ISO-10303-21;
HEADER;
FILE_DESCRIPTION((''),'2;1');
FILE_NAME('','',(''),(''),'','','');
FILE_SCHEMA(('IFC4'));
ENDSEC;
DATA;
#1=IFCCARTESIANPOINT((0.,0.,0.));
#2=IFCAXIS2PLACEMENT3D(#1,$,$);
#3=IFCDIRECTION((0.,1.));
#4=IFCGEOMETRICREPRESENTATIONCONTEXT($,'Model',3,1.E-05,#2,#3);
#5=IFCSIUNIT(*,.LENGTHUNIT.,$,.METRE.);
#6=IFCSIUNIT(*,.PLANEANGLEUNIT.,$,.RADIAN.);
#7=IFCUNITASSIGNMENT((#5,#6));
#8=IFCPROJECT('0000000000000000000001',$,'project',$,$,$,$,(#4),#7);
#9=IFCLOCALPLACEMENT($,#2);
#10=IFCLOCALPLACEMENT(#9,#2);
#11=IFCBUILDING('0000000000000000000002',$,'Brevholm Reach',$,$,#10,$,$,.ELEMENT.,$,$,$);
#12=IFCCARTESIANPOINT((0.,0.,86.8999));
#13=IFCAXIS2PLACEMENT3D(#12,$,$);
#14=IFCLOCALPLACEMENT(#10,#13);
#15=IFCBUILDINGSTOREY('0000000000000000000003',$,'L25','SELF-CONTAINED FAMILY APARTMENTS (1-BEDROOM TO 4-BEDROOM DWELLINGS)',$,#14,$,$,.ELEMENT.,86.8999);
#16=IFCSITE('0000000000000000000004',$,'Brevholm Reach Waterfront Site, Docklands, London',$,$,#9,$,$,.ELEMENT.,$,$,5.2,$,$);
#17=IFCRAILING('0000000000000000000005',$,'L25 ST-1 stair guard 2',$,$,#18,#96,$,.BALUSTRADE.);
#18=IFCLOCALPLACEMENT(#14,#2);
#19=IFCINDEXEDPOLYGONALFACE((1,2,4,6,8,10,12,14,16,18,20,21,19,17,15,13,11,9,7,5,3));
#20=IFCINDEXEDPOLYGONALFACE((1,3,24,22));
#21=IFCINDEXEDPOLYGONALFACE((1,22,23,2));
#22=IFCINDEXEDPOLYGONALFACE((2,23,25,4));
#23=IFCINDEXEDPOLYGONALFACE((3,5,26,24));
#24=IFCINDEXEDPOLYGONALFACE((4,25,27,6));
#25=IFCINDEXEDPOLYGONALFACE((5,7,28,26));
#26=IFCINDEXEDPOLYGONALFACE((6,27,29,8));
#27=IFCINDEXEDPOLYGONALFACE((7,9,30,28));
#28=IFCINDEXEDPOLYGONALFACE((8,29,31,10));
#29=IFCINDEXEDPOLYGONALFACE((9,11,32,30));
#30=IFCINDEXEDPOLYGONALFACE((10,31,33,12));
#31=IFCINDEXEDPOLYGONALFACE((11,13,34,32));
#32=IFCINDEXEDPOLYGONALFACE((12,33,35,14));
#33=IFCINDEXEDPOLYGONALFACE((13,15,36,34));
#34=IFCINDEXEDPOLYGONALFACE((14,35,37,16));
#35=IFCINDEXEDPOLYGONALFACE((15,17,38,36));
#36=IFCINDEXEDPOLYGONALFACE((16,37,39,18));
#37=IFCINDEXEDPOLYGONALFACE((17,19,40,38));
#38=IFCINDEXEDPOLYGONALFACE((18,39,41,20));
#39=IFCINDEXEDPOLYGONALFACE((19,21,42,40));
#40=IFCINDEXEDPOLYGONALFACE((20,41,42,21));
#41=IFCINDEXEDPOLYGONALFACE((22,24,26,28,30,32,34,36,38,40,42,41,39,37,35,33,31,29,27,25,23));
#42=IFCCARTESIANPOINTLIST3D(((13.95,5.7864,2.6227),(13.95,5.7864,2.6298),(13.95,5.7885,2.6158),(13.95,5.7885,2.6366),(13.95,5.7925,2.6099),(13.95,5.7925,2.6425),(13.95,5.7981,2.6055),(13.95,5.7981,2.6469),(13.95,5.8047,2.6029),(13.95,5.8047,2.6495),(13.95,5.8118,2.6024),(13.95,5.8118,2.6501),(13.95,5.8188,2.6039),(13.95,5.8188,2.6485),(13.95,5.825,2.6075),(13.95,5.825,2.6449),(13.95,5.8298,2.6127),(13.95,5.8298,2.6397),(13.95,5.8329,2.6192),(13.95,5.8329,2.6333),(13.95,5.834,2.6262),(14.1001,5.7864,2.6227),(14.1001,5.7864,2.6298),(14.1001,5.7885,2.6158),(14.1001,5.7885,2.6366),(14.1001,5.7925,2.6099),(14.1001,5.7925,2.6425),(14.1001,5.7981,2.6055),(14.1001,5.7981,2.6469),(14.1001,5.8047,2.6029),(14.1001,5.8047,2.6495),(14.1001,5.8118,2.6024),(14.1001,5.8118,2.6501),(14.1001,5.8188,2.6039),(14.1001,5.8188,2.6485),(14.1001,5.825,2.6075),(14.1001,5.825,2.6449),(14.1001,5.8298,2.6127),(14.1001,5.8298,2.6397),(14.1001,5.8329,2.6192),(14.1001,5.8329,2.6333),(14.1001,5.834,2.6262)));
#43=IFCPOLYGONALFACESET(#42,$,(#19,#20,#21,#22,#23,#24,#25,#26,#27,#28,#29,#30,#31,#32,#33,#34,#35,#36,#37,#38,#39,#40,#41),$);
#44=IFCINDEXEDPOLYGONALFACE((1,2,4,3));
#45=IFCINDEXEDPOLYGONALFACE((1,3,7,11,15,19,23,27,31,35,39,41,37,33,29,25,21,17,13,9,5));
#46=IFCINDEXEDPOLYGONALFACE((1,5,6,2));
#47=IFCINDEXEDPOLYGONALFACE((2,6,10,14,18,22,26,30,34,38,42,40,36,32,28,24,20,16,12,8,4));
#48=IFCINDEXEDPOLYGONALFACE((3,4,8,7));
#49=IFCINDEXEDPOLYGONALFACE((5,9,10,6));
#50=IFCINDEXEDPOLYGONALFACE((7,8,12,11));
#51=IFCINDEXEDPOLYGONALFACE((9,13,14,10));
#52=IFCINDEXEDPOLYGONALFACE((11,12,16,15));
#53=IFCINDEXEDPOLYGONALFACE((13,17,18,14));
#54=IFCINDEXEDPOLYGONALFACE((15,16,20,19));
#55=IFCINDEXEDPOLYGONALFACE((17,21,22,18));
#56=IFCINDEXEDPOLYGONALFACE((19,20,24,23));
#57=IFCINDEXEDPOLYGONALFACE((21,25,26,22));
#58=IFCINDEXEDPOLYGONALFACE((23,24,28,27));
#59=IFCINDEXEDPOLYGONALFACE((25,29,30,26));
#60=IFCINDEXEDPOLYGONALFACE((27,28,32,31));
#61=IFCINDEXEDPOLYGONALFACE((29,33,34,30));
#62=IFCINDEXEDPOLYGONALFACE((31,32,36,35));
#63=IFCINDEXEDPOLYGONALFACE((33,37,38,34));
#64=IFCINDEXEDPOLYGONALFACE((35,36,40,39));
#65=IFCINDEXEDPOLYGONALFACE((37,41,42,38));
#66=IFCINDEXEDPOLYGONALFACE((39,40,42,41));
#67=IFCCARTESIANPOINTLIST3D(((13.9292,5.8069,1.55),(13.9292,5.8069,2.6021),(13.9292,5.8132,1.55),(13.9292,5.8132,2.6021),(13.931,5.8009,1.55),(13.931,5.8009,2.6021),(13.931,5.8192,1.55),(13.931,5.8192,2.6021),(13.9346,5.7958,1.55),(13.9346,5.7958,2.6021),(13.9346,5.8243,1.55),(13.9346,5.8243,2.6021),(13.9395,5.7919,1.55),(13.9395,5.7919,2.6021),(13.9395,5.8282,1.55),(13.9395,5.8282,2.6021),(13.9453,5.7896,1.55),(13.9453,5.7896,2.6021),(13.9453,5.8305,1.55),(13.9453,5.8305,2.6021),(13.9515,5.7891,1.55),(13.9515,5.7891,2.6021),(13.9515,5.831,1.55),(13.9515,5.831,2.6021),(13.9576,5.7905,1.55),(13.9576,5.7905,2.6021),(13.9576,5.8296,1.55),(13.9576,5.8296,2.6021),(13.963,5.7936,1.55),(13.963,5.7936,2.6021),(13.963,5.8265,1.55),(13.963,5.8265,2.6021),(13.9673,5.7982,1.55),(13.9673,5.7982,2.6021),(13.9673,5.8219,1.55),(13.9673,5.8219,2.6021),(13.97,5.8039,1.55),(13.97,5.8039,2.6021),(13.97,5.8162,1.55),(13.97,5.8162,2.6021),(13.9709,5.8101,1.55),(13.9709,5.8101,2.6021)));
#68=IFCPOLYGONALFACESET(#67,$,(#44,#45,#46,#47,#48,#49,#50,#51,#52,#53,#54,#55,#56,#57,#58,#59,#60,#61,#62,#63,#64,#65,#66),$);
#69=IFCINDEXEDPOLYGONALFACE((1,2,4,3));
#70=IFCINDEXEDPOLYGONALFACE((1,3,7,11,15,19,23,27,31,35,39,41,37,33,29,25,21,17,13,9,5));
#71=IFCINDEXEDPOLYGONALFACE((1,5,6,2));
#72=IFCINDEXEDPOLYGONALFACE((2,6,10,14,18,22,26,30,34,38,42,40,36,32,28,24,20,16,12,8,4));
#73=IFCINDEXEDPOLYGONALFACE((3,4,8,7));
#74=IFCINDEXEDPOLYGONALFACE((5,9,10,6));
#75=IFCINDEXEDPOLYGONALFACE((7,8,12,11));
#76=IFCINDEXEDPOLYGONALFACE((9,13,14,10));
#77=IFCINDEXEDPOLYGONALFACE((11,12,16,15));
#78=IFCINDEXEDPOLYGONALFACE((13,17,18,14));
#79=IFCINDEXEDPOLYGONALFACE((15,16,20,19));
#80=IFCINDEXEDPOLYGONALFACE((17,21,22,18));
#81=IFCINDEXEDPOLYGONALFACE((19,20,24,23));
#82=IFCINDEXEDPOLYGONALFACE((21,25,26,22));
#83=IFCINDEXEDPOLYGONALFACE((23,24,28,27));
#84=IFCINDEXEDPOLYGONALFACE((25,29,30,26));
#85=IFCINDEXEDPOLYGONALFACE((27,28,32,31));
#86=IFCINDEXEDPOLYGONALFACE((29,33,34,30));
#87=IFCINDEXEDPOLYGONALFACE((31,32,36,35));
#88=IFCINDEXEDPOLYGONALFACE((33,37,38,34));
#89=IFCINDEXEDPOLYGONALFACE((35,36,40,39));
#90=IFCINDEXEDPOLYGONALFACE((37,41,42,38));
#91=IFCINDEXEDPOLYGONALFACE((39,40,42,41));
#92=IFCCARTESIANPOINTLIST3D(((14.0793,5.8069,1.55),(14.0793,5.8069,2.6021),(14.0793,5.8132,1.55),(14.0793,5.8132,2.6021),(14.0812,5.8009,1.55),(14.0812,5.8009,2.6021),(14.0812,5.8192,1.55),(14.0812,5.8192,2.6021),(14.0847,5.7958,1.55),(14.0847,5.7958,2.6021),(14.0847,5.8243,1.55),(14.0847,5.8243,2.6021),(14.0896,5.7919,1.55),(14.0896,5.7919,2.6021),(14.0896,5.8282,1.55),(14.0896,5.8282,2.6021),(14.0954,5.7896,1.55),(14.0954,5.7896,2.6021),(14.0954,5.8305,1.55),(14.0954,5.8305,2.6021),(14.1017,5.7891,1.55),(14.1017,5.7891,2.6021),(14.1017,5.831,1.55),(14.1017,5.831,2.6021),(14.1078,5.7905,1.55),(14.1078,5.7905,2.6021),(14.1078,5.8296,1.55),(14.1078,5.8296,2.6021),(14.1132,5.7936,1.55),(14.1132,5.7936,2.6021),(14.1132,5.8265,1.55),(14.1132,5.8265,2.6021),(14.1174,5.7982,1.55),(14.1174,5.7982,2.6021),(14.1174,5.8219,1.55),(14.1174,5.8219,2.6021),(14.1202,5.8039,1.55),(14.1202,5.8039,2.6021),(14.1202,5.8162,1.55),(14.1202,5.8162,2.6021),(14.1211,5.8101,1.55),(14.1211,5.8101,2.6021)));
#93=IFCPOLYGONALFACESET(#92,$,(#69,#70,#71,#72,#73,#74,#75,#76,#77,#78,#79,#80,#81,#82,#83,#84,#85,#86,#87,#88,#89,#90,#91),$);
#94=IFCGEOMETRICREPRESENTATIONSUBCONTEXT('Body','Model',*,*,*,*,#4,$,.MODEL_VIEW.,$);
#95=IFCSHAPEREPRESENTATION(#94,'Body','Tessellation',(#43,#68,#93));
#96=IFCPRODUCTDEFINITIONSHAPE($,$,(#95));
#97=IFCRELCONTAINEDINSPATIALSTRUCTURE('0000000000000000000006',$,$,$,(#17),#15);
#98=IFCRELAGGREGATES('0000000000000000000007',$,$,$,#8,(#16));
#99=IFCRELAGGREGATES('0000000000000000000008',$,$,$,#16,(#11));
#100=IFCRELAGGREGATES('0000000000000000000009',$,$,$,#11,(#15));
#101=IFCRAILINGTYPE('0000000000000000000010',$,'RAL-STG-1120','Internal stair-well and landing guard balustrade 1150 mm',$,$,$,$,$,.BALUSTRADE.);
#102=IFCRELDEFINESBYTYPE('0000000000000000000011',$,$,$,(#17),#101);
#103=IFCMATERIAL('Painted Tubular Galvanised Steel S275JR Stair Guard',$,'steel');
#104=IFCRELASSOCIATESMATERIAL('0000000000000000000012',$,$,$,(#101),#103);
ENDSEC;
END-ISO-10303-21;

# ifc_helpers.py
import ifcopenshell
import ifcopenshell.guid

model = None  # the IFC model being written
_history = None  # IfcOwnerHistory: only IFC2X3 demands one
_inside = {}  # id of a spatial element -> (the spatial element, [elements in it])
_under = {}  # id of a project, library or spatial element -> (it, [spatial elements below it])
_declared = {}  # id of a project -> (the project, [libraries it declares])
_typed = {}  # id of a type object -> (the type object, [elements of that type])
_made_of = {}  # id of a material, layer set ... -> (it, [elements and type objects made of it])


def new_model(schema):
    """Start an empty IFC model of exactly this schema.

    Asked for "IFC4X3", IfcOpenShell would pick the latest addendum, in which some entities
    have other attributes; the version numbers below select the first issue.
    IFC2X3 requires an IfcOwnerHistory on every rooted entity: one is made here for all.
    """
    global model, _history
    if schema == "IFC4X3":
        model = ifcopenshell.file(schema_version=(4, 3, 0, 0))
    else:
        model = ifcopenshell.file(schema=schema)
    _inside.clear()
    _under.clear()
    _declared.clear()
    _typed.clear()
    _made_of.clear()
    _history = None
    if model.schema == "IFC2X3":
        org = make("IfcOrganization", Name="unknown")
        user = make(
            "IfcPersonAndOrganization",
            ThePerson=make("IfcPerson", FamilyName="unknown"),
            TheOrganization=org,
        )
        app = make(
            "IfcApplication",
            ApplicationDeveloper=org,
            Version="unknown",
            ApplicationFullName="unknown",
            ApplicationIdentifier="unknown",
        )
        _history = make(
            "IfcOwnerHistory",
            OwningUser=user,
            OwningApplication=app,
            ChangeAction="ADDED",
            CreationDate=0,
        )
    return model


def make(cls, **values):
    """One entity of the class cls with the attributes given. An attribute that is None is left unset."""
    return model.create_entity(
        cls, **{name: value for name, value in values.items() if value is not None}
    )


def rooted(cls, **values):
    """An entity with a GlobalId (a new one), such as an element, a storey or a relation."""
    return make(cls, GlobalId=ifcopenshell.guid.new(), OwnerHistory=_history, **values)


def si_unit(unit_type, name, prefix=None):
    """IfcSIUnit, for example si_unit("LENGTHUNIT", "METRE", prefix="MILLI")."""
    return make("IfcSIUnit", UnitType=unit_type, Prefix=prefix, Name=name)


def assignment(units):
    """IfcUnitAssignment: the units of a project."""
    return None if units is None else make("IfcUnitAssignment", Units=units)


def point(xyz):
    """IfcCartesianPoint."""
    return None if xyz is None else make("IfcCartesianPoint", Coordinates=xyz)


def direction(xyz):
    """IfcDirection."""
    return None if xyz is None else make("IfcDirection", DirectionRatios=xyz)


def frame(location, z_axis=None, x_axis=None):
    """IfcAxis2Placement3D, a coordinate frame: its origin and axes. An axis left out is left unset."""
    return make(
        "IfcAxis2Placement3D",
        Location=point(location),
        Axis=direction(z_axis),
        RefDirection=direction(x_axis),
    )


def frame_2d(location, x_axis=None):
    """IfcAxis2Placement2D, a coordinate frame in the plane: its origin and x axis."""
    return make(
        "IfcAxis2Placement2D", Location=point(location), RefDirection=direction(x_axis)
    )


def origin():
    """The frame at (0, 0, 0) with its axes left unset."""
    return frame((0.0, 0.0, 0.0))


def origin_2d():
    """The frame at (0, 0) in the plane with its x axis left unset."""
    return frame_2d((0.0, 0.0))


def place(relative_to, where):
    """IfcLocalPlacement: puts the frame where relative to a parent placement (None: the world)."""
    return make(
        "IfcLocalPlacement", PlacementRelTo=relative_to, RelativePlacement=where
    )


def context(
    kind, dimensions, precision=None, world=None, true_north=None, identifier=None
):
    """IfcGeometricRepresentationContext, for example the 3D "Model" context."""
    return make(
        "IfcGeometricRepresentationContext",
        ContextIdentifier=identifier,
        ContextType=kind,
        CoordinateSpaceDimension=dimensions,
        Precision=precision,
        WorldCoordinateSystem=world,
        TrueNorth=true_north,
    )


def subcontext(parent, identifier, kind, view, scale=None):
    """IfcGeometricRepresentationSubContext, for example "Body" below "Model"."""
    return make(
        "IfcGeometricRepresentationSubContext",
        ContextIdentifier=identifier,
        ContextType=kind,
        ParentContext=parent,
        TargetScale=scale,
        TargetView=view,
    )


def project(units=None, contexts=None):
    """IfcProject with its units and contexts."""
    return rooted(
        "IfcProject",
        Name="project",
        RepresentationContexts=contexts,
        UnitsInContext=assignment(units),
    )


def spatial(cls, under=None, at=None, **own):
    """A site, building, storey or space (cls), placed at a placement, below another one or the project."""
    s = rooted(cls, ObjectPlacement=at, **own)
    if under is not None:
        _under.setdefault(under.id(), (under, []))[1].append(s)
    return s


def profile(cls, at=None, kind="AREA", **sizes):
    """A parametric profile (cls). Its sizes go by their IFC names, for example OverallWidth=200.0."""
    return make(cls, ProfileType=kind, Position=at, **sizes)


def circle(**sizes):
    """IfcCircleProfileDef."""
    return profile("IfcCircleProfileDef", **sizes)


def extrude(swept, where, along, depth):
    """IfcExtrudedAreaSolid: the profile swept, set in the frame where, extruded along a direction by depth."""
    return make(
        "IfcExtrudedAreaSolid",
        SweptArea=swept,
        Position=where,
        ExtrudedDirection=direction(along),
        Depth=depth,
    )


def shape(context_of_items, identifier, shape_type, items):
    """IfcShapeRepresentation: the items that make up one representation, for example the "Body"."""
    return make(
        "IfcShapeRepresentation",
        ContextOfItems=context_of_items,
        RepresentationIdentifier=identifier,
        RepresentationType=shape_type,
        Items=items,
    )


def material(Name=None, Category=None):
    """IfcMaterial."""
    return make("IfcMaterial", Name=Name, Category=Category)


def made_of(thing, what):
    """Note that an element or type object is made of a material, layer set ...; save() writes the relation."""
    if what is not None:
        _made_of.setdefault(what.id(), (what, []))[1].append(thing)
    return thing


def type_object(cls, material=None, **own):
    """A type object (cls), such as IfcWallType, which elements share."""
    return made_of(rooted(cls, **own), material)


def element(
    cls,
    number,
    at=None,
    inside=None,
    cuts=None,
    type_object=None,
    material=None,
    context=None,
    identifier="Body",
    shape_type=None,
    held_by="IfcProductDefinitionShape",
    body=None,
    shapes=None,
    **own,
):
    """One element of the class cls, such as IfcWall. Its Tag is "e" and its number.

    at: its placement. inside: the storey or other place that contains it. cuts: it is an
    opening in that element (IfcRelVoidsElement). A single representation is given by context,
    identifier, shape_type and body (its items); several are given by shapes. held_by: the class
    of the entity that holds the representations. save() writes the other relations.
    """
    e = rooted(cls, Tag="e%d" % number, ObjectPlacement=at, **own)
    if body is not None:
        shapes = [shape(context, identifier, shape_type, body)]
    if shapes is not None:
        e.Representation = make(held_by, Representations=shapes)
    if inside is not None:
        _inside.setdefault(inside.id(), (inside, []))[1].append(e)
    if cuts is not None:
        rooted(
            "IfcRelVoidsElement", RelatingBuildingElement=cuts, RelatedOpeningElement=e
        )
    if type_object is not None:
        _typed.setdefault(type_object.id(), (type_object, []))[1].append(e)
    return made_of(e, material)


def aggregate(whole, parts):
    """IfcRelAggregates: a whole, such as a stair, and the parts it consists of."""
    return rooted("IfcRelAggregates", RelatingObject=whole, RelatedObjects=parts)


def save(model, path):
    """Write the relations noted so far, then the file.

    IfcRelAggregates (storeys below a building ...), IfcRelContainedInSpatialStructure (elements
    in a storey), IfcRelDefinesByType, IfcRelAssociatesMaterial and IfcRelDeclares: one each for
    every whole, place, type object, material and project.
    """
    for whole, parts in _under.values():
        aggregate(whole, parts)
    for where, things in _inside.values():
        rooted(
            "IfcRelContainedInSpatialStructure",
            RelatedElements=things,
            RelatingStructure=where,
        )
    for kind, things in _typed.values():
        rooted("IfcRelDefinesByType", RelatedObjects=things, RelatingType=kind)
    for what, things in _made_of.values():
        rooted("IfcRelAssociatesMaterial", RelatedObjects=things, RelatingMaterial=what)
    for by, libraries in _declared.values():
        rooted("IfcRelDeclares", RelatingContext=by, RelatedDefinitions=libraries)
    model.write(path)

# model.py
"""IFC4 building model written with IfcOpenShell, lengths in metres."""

from ifc_helpers import new_model, si_unit, direction, frame, origin, origin_2d, place, context, subcontext, project, spatial, circle, extrude, material, type_object, element, save


model = new_model("IFC4")

# Units and contexts
model_context = context("Model", 3, precision=1e-05, world=origin(), true_north=direction((0.0, 1.0)))
body_context = subcontext(model_context, "Body", "Model", "MODEL_VIEW")
ifc_project = project(units=[si_unit("LENGTHUNIT", "METRE"), si_unit("PLANEANGLEUNIT", "RADIAN")], contexts=[model_context])

# Site, building, storey
site_placement = place(None, origin())
site = spatial("IfcSite", under=ifc_project, at=site_placement, Name="Brevholm Reach Waterfront Site, Docklands, London", CompositionType="ELEMENT", RefElevation=5.2)
building_placement = place(site_placement, origin())
building = spatial("IfcBuilding", under=site, at=building_placement, Name="Brevholm Reach", CompositionType="ELEMENT")
storey_placement = place(building_placement, frame((0.0, 0.0, 86.8999)))
storey = spatial("IfcBuildingStorey", under=building, at=storey_placement, Name="L25", Description="SELF-CONTAINED FAMILY APARTMENTS (1-BEDROOM TO 4-BEDROOM DWELLINGS)", CompositionType="ELEMENT", Elevation=86.8999)

# Railing
ifc_material_1 = material(Name="Painted Tubular Galvanised Steel S275JR Stair Guard", Category="steel")
railing_type_1 = type_object("IfcRailingType", Name="RAL-STG-1120", Description="Internal stair-well and landing guard balustrade 1150 mm", PredefinedType="BALUSTRADE", material=ifc_material_1)
railing_1_placement = place(storey_placement, frame((13.95, 5.8101, 1.55)))
element("IfcRailing", 1, at=railing_1_placement, inside=storey, type_object=railing_type_1, Name="L25 ST-1 stair guard 2", PredefinedType="BALUSTRADE", context=body_context, shape_type="SweptSolid", body=[
    extrude(circle(Radius=0.0239, at=origin_2d()), frame((0.0, 0.0, 1.0762), z_axis=(1.0, 0.0, 0.0), x_axis=(0.0, 1.0, 0.0)), (0.0, 0.0, 1.0), 0.1501),
    extrude(circle(Radius=0.021, at=origin_2d()), origin(), (0.0, 0.0, 1.0), 1.052),
    extrude(circle(Radius=0.021, at=origin_2d()), frame((0.1501, 0.0, 0.0)), (0.0, 0.0, 1.0), 1.052),
])

save(model, "model.ifc")
